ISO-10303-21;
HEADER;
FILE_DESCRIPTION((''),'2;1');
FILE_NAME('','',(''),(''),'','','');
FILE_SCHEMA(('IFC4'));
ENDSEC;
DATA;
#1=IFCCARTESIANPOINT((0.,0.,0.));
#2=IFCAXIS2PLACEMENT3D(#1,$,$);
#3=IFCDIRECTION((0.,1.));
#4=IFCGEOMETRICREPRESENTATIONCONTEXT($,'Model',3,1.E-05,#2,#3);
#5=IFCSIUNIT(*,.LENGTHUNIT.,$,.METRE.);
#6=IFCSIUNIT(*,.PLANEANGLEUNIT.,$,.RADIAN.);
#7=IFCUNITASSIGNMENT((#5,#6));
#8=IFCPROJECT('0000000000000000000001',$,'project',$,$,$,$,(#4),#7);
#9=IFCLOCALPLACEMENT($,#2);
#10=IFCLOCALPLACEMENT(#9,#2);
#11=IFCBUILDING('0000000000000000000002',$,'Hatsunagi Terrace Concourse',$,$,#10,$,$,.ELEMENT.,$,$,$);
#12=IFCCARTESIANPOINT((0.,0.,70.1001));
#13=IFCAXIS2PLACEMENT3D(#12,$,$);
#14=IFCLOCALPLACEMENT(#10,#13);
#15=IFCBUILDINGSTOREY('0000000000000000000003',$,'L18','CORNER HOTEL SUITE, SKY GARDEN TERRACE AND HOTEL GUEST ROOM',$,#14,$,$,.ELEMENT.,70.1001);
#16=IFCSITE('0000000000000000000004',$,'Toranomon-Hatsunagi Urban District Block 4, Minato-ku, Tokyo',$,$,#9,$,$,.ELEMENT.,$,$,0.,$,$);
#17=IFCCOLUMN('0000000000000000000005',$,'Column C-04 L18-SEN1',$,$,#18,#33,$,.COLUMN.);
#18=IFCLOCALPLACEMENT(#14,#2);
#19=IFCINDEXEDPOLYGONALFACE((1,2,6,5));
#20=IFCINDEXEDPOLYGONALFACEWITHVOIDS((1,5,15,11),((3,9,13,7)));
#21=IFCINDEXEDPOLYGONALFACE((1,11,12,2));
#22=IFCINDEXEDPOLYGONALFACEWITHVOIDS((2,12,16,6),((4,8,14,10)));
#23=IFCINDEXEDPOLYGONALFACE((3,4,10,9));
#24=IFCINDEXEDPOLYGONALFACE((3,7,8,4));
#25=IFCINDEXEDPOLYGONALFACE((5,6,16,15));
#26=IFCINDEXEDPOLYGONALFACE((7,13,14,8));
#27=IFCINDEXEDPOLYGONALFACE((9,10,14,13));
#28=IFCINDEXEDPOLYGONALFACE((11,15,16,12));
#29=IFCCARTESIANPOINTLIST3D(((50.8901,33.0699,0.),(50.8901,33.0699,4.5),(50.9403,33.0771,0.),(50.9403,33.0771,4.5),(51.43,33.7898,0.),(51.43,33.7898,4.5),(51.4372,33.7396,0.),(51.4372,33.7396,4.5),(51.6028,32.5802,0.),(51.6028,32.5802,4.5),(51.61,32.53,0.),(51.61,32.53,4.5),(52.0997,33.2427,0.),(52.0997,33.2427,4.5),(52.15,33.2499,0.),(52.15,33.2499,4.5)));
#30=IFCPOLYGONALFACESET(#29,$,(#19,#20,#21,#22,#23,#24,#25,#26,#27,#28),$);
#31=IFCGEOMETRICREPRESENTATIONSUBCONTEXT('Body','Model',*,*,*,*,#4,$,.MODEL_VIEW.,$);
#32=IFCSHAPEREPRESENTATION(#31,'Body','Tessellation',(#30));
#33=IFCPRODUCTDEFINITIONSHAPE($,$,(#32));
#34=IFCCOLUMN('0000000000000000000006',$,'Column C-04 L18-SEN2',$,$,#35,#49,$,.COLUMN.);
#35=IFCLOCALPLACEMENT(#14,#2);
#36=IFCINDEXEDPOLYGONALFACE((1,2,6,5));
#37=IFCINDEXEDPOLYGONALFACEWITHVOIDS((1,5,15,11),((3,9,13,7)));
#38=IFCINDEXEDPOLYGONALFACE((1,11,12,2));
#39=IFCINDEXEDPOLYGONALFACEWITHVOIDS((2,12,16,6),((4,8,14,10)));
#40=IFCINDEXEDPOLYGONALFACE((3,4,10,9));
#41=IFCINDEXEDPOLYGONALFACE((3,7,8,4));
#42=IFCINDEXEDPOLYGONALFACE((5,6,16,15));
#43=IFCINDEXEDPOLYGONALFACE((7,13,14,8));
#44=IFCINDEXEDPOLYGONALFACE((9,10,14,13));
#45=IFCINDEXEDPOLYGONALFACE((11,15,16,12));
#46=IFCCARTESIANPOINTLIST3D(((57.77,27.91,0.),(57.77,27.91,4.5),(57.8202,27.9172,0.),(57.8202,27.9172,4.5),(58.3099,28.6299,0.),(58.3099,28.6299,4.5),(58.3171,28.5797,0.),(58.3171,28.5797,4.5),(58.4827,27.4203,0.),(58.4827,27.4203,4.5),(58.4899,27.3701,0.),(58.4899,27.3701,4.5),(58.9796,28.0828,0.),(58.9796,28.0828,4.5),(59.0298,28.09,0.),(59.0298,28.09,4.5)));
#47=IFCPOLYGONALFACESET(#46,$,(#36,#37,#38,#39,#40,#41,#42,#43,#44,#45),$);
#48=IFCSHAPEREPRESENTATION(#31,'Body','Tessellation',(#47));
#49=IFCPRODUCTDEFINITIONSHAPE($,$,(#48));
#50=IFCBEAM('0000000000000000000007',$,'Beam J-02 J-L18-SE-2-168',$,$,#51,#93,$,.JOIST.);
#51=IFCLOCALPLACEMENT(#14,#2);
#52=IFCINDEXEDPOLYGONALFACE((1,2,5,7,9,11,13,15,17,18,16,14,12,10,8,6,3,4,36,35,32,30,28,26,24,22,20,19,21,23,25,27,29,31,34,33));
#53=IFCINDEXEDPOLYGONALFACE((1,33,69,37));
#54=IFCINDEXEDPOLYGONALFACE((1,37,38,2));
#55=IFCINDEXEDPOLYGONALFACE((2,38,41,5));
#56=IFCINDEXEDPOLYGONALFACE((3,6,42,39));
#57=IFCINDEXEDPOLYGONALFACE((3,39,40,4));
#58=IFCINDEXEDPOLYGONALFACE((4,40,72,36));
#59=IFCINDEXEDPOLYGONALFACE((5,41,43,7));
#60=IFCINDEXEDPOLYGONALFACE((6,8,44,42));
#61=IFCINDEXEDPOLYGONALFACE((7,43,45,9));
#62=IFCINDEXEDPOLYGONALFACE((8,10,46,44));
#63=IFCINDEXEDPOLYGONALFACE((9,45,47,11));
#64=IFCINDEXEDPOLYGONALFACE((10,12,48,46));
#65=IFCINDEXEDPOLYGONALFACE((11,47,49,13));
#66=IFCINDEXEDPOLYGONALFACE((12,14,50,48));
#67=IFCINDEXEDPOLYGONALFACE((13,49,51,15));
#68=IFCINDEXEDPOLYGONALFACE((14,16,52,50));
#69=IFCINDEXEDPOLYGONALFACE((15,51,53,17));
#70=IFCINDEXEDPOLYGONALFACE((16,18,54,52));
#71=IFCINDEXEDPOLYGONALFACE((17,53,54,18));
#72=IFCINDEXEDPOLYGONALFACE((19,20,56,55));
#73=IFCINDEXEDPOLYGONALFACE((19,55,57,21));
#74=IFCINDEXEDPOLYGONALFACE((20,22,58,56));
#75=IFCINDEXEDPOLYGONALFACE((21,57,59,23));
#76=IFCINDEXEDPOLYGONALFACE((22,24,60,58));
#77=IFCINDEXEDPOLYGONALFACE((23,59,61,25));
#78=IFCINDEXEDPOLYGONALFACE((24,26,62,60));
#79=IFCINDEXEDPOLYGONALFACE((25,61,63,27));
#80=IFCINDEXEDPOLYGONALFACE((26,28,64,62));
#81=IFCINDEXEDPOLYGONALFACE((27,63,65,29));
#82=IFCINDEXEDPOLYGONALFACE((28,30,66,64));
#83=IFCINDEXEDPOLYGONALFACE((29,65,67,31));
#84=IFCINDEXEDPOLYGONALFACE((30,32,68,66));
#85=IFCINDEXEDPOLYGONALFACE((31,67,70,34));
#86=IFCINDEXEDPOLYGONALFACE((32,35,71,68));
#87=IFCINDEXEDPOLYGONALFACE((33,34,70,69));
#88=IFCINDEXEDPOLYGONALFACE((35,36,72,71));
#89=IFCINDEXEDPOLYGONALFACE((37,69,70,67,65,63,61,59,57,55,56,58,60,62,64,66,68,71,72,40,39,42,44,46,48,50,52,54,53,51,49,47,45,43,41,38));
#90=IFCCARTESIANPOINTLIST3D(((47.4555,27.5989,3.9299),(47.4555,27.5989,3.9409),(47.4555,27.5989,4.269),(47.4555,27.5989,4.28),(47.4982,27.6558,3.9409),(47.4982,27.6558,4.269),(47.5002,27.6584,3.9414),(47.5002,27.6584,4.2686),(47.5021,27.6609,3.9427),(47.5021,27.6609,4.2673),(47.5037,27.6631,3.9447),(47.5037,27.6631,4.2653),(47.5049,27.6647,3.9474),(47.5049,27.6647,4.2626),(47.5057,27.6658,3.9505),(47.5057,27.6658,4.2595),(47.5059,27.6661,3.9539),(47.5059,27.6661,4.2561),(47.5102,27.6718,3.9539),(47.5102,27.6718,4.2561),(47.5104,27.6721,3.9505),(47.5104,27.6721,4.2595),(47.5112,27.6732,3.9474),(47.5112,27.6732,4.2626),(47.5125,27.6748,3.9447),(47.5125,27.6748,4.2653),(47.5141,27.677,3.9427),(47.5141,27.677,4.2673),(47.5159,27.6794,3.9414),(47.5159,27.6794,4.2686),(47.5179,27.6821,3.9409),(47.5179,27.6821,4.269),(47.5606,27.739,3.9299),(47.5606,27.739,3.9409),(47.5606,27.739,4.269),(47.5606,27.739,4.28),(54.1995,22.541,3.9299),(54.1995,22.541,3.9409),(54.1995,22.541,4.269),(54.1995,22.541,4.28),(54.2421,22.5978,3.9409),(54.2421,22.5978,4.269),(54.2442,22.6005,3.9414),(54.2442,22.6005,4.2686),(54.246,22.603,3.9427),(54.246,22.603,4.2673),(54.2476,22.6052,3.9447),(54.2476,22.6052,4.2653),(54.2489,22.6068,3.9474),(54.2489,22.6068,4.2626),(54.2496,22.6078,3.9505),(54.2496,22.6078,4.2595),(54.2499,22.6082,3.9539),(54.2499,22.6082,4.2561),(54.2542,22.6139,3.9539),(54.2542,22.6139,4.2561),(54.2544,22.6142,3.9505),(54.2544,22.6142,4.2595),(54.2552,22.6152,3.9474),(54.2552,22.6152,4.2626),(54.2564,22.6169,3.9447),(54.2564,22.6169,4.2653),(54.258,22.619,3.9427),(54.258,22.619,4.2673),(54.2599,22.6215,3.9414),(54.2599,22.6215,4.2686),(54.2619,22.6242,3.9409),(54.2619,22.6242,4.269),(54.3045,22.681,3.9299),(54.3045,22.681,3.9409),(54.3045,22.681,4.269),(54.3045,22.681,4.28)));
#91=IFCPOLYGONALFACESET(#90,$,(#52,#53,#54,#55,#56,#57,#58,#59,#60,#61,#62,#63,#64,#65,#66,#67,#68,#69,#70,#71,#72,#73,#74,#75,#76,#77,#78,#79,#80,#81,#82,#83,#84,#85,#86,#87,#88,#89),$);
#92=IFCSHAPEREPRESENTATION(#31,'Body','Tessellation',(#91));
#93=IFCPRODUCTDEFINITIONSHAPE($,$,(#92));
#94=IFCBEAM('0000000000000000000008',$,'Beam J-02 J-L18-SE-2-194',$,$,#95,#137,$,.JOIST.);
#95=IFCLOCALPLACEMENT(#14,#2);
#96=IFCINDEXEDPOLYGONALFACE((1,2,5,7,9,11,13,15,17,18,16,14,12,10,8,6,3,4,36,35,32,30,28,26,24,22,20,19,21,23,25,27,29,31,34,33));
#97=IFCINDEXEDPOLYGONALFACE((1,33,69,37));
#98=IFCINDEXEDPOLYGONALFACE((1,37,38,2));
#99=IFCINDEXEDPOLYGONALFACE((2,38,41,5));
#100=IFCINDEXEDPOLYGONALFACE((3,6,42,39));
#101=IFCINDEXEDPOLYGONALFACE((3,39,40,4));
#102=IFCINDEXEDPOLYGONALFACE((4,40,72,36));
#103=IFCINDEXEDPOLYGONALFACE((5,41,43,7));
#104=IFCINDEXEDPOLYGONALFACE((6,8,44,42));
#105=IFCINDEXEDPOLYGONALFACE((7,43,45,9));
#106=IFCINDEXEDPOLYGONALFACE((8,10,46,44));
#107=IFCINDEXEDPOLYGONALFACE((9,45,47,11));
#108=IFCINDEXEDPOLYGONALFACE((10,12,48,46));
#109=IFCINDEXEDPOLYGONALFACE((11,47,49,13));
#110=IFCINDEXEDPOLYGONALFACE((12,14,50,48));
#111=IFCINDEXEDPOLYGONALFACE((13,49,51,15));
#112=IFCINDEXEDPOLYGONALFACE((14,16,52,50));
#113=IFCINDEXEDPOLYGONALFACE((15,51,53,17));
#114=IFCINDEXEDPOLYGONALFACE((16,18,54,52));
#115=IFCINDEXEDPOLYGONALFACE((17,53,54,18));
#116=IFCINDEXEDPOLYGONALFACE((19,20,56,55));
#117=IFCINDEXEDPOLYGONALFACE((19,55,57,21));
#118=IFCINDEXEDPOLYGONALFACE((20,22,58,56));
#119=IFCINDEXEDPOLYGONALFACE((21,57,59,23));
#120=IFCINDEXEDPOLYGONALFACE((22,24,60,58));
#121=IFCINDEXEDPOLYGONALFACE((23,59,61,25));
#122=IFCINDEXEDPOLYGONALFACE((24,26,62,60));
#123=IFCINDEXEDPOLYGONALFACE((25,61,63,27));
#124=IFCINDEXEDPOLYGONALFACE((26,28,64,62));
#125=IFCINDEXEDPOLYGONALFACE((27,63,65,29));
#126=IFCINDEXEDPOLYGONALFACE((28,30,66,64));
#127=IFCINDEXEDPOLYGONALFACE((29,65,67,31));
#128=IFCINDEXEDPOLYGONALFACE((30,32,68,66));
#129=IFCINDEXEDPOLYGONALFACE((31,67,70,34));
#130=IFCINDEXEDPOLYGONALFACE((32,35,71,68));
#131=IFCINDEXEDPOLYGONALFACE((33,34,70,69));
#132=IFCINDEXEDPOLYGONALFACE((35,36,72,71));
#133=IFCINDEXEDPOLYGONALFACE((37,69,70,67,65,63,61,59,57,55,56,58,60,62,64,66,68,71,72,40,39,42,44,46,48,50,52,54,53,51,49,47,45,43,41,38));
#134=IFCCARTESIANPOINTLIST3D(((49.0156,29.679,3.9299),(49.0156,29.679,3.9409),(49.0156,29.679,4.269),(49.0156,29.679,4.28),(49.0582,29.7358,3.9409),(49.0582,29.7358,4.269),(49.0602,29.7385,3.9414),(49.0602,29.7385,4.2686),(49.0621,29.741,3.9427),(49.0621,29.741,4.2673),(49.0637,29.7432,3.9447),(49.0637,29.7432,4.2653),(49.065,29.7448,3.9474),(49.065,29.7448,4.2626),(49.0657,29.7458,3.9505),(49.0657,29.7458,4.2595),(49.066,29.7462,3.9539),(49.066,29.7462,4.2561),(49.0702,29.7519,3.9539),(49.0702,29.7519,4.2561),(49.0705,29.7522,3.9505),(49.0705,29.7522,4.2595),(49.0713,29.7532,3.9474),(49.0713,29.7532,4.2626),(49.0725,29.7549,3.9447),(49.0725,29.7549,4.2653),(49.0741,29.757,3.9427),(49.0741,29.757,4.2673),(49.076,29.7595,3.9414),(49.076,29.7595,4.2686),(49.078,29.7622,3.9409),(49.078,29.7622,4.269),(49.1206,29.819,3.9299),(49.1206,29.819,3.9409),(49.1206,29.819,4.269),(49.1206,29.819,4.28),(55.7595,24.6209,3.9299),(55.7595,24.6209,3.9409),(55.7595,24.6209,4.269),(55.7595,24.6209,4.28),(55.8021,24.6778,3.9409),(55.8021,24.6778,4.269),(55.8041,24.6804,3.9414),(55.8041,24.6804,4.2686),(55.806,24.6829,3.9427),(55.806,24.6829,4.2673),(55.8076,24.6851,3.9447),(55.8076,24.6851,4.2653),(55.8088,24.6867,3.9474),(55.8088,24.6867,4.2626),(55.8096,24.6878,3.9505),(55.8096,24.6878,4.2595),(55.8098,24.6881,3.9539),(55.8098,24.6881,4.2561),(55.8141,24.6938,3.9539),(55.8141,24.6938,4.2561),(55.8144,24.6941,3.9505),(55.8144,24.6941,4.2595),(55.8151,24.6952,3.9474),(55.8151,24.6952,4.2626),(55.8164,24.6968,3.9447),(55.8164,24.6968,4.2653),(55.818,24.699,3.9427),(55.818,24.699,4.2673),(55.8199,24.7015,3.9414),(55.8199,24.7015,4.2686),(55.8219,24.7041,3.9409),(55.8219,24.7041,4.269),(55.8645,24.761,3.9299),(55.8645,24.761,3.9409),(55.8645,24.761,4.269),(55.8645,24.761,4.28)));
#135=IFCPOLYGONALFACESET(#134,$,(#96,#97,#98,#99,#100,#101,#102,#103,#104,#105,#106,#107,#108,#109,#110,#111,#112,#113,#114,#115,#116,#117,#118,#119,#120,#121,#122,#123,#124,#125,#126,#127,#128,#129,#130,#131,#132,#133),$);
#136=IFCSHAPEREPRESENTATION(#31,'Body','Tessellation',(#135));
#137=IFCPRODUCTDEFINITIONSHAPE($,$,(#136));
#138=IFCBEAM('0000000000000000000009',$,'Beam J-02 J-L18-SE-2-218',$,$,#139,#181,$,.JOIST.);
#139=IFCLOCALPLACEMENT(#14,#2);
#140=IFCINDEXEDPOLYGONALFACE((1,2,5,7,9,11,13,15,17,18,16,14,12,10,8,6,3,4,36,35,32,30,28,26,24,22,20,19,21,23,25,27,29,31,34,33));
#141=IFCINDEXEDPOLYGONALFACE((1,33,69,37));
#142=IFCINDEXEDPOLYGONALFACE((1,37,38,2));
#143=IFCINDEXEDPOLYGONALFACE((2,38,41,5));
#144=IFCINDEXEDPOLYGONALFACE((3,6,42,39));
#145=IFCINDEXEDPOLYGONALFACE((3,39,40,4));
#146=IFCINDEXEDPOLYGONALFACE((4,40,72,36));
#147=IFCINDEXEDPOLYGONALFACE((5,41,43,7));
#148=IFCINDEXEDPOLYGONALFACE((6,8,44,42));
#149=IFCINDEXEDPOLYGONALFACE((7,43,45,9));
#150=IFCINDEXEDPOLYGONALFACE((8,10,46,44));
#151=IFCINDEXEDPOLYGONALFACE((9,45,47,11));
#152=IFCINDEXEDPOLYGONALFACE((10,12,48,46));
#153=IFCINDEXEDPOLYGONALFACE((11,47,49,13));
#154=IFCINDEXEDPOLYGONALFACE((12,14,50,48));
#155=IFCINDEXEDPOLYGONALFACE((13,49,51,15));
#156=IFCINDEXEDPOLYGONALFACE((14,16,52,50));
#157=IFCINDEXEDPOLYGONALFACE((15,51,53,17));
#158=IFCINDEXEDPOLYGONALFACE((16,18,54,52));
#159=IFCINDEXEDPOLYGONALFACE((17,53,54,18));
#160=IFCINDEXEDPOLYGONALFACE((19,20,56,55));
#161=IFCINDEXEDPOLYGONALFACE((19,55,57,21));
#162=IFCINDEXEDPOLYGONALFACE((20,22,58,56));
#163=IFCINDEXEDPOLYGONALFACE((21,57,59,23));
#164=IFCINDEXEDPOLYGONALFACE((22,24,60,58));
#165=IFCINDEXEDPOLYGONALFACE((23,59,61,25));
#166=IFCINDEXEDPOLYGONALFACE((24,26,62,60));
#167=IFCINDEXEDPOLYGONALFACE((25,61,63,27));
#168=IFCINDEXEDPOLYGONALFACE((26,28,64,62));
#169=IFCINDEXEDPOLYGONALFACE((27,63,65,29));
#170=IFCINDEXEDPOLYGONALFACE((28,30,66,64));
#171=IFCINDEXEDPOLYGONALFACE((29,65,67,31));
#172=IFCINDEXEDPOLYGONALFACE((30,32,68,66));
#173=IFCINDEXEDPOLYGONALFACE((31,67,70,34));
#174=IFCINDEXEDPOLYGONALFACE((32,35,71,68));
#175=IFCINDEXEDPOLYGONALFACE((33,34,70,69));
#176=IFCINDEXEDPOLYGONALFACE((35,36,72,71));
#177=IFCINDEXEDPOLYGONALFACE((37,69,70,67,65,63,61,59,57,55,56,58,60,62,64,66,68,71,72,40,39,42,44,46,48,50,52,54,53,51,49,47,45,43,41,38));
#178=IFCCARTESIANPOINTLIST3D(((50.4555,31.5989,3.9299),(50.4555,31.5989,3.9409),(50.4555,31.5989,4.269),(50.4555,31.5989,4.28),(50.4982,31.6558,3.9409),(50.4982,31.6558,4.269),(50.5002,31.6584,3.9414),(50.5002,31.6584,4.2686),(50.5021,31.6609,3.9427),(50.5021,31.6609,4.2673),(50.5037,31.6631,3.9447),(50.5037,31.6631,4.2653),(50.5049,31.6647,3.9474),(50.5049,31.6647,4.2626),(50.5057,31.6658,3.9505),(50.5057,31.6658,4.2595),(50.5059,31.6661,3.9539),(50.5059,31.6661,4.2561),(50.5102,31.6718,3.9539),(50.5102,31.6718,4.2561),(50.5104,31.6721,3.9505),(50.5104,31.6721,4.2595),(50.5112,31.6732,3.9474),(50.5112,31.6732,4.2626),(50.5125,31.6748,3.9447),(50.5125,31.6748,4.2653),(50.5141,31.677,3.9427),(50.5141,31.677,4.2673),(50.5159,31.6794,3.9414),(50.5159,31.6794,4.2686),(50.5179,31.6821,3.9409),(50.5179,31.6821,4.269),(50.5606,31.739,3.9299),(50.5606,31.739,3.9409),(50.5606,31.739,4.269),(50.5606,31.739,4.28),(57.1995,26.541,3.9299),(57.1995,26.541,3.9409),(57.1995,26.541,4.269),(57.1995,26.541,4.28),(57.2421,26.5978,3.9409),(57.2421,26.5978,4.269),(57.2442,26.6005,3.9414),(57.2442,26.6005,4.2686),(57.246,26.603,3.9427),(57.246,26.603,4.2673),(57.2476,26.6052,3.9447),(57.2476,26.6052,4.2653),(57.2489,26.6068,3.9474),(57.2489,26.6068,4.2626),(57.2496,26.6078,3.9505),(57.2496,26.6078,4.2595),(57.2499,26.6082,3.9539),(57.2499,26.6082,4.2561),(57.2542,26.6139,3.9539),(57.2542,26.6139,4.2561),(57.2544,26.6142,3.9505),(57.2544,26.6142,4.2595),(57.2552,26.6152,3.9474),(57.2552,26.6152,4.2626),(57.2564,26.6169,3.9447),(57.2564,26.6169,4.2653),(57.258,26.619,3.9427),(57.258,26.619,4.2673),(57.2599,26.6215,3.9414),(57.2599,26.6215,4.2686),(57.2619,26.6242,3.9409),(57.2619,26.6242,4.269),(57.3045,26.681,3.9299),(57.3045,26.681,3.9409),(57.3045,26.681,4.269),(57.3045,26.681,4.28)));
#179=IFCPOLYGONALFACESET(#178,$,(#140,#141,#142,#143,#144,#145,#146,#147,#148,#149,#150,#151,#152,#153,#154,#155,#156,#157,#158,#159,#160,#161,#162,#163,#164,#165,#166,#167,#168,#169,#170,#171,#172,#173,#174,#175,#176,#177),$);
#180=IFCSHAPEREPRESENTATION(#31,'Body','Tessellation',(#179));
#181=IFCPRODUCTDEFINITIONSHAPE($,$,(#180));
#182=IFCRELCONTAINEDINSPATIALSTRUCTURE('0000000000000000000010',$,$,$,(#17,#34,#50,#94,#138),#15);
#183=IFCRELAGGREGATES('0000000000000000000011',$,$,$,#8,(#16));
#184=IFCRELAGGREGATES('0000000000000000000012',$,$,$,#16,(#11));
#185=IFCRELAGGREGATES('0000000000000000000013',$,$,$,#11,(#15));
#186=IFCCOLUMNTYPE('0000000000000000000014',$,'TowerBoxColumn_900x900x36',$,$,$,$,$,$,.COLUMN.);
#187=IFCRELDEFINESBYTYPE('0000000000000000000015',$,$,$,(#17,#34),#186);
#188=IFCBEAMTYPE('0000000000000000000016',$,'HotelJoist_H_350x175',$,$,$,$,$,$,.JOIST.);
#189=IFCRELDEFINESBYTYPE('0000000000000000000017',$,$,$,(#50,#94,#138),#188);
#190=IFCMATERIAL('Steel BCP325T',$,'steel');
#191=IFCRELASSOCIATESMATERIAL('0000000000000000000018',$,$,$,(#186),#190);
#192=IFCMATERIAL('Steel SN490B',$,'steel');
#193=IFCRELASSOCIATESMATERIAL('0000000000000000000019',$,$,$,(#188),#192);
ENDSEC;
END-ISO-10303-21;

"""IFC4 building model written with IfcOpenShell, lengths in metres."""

from ifc_helpers import new_model, si_unit, direction, frame, origin, origin_2d, place, context, subcontext, project, spatial, hollow_rectangle, i_section, extrude, material, material_profile, profile_set, type_object, element, save


model = new_model("IFC4")

# Units and contexts
model_context = context("Model", 3, precision=1e-05, world=origin(), true_north=direction((0.0, 1.0)))
body_context = subcontext(model_context, "Body", "Model", "MODEL_VIEW")
ifc_project = project(units=[si_unit("LENGTHUNIT", "METRE"), si_unit("PLANEANGLEUNIT", "RADIAN")], contexts=[model_context])

# Site, building, storey
site_placement = place(None, origin())
site = spatial("IfcSite", under=ifc_project, at=site_placement, Name="Toranomon-Hatsunagi Urban District Block 4, Minato-ku, Tokyo", CompositionType="ELEMENT", RefElevation=0.0)
building_placement = place(site_placement, origin())
building = spatial("IfcBuilding", under=site, at=building_placement, Name="Hatsunagi Terrace Concourse", CompositionType="ELEMENT")
storey_placement = place(building_placement, frame((0.0, 0.0, 70.1001)))
storey = spatial("IfcBuildingStorey", under=building, at=storey_placement, Name="L18", Description="CORNER HOTEL SUITE, SKY GARDEN TERRACE AND HOTEL GUEST ROOM", CompositionType="ELEMENT", Elevation=70.1001)

# Columns
ifc_material_1 = material(Name="Steel BCP325T", Category="steel")
ifc_material_profile_1 = material_profile(ifc_material_1, hollow_rectangle(XDim=0.8999, YDim=0.8999, WallThickness=0.0359, at=origin_2d()), Name="BCP-900x900x36")
ifc_profile_set_1 = profile_set([ifc_material_profile_1], Name="Steel BCP325T")
column_type = type_object("IfcColumnType", Name="TowerBoxColumn_900x900x36", PredefinedType="COLUMN", material=ifc_profile_set_1)
for number, where, z_axis, x_axis, name in (
    (1, (51.52, 33.1599, 0.0), (0.0, 0.0, 1.0), (0.8, -0.6, 0.0), "Column C-04 L18-SEN1"),
    (2, (58.3999, 28.0, 0.0), (0.0, 0.0, 1.0), (0.8, -0.6, 0.0), "Column C-04 L18-SEN2"),
):
    element("IfcColumn", number, at=place(storey_placement, frame(where, z_axis=z_axis, x_axis=x_axis)), inside=storey, type_object=column_type, Name=name, PredefinedType="COLUMN", context=body_context, shape_type="SweptSolid", body=[
        extrude(hollow_rectangle(XDim=0.8999, YDim=0.8999, WallThickness=0.0359, at=origin_2d()), origin(), (0.0, 0.0, 1.0), 4.5),
    ])

# Beams
ifc_material_2 = material(Name="Steel SN490B", Category="steel")
ifc_material_profile_2 = material_profile(ifc_material_2, i_section(OverallWidth=0.175, OverallDepth=0.3501, WebThickness=0.0071, FlangeThickness=0.011, FilletRadius=0.0129, at=origin_2d()), Name="H-350x175x7x11")
ifc_profile_set_2 = profile_set([ifc_material_profile_2], Name="Steel SN490B")
beam_type_1 = type_object("IfcBeamType", Name="HotelJoist_H_350x175", PredefinedType="JOIST", material=ifc_profile_set_2)
for number, where, z_axis, x_axis, name in (
    (3, (47.5081, 27.6689, 4.105), (0.800003, -0.599995, 0.0), (0.599995, 0.800003, 0.0), "Beam J-02 J-L18-SE-2-168"),
    (4, (49.0681, 29.749, 4.105), (0.79999, -0.600014, 0.0), (0.600014, 0.79999, 0.0), "Beam J-02 J-L18-SE-2-194"),
    (5, (50.5081, 31.6689, 4.105), (0.800003, -0.599995, 0.0), (0.599995, 0.800003, 0.0), "Beam J-02 J-L18-SE-2-218"),
):
    element("IfcBeam", number, at=place(storey_placement, frame(where, z_axis=z_axis, x_axis=x_axis)), inside=storey, type_object=beam_type_1, Name=name, PredefinedType="JOIST", context=body_context, shape_type="SweptSolid", body=[
        extrude(i_section(OverallWidth=0.175, OverallDepth=0.3501, WebThickness=0.0071, FlangeThickness=0.011, FilletRadius=0.0129, at=origin_2d()), origin(), (0.0, 0.0, 1.0), 8.4299),
    ])

save(model, "model.ifc")
